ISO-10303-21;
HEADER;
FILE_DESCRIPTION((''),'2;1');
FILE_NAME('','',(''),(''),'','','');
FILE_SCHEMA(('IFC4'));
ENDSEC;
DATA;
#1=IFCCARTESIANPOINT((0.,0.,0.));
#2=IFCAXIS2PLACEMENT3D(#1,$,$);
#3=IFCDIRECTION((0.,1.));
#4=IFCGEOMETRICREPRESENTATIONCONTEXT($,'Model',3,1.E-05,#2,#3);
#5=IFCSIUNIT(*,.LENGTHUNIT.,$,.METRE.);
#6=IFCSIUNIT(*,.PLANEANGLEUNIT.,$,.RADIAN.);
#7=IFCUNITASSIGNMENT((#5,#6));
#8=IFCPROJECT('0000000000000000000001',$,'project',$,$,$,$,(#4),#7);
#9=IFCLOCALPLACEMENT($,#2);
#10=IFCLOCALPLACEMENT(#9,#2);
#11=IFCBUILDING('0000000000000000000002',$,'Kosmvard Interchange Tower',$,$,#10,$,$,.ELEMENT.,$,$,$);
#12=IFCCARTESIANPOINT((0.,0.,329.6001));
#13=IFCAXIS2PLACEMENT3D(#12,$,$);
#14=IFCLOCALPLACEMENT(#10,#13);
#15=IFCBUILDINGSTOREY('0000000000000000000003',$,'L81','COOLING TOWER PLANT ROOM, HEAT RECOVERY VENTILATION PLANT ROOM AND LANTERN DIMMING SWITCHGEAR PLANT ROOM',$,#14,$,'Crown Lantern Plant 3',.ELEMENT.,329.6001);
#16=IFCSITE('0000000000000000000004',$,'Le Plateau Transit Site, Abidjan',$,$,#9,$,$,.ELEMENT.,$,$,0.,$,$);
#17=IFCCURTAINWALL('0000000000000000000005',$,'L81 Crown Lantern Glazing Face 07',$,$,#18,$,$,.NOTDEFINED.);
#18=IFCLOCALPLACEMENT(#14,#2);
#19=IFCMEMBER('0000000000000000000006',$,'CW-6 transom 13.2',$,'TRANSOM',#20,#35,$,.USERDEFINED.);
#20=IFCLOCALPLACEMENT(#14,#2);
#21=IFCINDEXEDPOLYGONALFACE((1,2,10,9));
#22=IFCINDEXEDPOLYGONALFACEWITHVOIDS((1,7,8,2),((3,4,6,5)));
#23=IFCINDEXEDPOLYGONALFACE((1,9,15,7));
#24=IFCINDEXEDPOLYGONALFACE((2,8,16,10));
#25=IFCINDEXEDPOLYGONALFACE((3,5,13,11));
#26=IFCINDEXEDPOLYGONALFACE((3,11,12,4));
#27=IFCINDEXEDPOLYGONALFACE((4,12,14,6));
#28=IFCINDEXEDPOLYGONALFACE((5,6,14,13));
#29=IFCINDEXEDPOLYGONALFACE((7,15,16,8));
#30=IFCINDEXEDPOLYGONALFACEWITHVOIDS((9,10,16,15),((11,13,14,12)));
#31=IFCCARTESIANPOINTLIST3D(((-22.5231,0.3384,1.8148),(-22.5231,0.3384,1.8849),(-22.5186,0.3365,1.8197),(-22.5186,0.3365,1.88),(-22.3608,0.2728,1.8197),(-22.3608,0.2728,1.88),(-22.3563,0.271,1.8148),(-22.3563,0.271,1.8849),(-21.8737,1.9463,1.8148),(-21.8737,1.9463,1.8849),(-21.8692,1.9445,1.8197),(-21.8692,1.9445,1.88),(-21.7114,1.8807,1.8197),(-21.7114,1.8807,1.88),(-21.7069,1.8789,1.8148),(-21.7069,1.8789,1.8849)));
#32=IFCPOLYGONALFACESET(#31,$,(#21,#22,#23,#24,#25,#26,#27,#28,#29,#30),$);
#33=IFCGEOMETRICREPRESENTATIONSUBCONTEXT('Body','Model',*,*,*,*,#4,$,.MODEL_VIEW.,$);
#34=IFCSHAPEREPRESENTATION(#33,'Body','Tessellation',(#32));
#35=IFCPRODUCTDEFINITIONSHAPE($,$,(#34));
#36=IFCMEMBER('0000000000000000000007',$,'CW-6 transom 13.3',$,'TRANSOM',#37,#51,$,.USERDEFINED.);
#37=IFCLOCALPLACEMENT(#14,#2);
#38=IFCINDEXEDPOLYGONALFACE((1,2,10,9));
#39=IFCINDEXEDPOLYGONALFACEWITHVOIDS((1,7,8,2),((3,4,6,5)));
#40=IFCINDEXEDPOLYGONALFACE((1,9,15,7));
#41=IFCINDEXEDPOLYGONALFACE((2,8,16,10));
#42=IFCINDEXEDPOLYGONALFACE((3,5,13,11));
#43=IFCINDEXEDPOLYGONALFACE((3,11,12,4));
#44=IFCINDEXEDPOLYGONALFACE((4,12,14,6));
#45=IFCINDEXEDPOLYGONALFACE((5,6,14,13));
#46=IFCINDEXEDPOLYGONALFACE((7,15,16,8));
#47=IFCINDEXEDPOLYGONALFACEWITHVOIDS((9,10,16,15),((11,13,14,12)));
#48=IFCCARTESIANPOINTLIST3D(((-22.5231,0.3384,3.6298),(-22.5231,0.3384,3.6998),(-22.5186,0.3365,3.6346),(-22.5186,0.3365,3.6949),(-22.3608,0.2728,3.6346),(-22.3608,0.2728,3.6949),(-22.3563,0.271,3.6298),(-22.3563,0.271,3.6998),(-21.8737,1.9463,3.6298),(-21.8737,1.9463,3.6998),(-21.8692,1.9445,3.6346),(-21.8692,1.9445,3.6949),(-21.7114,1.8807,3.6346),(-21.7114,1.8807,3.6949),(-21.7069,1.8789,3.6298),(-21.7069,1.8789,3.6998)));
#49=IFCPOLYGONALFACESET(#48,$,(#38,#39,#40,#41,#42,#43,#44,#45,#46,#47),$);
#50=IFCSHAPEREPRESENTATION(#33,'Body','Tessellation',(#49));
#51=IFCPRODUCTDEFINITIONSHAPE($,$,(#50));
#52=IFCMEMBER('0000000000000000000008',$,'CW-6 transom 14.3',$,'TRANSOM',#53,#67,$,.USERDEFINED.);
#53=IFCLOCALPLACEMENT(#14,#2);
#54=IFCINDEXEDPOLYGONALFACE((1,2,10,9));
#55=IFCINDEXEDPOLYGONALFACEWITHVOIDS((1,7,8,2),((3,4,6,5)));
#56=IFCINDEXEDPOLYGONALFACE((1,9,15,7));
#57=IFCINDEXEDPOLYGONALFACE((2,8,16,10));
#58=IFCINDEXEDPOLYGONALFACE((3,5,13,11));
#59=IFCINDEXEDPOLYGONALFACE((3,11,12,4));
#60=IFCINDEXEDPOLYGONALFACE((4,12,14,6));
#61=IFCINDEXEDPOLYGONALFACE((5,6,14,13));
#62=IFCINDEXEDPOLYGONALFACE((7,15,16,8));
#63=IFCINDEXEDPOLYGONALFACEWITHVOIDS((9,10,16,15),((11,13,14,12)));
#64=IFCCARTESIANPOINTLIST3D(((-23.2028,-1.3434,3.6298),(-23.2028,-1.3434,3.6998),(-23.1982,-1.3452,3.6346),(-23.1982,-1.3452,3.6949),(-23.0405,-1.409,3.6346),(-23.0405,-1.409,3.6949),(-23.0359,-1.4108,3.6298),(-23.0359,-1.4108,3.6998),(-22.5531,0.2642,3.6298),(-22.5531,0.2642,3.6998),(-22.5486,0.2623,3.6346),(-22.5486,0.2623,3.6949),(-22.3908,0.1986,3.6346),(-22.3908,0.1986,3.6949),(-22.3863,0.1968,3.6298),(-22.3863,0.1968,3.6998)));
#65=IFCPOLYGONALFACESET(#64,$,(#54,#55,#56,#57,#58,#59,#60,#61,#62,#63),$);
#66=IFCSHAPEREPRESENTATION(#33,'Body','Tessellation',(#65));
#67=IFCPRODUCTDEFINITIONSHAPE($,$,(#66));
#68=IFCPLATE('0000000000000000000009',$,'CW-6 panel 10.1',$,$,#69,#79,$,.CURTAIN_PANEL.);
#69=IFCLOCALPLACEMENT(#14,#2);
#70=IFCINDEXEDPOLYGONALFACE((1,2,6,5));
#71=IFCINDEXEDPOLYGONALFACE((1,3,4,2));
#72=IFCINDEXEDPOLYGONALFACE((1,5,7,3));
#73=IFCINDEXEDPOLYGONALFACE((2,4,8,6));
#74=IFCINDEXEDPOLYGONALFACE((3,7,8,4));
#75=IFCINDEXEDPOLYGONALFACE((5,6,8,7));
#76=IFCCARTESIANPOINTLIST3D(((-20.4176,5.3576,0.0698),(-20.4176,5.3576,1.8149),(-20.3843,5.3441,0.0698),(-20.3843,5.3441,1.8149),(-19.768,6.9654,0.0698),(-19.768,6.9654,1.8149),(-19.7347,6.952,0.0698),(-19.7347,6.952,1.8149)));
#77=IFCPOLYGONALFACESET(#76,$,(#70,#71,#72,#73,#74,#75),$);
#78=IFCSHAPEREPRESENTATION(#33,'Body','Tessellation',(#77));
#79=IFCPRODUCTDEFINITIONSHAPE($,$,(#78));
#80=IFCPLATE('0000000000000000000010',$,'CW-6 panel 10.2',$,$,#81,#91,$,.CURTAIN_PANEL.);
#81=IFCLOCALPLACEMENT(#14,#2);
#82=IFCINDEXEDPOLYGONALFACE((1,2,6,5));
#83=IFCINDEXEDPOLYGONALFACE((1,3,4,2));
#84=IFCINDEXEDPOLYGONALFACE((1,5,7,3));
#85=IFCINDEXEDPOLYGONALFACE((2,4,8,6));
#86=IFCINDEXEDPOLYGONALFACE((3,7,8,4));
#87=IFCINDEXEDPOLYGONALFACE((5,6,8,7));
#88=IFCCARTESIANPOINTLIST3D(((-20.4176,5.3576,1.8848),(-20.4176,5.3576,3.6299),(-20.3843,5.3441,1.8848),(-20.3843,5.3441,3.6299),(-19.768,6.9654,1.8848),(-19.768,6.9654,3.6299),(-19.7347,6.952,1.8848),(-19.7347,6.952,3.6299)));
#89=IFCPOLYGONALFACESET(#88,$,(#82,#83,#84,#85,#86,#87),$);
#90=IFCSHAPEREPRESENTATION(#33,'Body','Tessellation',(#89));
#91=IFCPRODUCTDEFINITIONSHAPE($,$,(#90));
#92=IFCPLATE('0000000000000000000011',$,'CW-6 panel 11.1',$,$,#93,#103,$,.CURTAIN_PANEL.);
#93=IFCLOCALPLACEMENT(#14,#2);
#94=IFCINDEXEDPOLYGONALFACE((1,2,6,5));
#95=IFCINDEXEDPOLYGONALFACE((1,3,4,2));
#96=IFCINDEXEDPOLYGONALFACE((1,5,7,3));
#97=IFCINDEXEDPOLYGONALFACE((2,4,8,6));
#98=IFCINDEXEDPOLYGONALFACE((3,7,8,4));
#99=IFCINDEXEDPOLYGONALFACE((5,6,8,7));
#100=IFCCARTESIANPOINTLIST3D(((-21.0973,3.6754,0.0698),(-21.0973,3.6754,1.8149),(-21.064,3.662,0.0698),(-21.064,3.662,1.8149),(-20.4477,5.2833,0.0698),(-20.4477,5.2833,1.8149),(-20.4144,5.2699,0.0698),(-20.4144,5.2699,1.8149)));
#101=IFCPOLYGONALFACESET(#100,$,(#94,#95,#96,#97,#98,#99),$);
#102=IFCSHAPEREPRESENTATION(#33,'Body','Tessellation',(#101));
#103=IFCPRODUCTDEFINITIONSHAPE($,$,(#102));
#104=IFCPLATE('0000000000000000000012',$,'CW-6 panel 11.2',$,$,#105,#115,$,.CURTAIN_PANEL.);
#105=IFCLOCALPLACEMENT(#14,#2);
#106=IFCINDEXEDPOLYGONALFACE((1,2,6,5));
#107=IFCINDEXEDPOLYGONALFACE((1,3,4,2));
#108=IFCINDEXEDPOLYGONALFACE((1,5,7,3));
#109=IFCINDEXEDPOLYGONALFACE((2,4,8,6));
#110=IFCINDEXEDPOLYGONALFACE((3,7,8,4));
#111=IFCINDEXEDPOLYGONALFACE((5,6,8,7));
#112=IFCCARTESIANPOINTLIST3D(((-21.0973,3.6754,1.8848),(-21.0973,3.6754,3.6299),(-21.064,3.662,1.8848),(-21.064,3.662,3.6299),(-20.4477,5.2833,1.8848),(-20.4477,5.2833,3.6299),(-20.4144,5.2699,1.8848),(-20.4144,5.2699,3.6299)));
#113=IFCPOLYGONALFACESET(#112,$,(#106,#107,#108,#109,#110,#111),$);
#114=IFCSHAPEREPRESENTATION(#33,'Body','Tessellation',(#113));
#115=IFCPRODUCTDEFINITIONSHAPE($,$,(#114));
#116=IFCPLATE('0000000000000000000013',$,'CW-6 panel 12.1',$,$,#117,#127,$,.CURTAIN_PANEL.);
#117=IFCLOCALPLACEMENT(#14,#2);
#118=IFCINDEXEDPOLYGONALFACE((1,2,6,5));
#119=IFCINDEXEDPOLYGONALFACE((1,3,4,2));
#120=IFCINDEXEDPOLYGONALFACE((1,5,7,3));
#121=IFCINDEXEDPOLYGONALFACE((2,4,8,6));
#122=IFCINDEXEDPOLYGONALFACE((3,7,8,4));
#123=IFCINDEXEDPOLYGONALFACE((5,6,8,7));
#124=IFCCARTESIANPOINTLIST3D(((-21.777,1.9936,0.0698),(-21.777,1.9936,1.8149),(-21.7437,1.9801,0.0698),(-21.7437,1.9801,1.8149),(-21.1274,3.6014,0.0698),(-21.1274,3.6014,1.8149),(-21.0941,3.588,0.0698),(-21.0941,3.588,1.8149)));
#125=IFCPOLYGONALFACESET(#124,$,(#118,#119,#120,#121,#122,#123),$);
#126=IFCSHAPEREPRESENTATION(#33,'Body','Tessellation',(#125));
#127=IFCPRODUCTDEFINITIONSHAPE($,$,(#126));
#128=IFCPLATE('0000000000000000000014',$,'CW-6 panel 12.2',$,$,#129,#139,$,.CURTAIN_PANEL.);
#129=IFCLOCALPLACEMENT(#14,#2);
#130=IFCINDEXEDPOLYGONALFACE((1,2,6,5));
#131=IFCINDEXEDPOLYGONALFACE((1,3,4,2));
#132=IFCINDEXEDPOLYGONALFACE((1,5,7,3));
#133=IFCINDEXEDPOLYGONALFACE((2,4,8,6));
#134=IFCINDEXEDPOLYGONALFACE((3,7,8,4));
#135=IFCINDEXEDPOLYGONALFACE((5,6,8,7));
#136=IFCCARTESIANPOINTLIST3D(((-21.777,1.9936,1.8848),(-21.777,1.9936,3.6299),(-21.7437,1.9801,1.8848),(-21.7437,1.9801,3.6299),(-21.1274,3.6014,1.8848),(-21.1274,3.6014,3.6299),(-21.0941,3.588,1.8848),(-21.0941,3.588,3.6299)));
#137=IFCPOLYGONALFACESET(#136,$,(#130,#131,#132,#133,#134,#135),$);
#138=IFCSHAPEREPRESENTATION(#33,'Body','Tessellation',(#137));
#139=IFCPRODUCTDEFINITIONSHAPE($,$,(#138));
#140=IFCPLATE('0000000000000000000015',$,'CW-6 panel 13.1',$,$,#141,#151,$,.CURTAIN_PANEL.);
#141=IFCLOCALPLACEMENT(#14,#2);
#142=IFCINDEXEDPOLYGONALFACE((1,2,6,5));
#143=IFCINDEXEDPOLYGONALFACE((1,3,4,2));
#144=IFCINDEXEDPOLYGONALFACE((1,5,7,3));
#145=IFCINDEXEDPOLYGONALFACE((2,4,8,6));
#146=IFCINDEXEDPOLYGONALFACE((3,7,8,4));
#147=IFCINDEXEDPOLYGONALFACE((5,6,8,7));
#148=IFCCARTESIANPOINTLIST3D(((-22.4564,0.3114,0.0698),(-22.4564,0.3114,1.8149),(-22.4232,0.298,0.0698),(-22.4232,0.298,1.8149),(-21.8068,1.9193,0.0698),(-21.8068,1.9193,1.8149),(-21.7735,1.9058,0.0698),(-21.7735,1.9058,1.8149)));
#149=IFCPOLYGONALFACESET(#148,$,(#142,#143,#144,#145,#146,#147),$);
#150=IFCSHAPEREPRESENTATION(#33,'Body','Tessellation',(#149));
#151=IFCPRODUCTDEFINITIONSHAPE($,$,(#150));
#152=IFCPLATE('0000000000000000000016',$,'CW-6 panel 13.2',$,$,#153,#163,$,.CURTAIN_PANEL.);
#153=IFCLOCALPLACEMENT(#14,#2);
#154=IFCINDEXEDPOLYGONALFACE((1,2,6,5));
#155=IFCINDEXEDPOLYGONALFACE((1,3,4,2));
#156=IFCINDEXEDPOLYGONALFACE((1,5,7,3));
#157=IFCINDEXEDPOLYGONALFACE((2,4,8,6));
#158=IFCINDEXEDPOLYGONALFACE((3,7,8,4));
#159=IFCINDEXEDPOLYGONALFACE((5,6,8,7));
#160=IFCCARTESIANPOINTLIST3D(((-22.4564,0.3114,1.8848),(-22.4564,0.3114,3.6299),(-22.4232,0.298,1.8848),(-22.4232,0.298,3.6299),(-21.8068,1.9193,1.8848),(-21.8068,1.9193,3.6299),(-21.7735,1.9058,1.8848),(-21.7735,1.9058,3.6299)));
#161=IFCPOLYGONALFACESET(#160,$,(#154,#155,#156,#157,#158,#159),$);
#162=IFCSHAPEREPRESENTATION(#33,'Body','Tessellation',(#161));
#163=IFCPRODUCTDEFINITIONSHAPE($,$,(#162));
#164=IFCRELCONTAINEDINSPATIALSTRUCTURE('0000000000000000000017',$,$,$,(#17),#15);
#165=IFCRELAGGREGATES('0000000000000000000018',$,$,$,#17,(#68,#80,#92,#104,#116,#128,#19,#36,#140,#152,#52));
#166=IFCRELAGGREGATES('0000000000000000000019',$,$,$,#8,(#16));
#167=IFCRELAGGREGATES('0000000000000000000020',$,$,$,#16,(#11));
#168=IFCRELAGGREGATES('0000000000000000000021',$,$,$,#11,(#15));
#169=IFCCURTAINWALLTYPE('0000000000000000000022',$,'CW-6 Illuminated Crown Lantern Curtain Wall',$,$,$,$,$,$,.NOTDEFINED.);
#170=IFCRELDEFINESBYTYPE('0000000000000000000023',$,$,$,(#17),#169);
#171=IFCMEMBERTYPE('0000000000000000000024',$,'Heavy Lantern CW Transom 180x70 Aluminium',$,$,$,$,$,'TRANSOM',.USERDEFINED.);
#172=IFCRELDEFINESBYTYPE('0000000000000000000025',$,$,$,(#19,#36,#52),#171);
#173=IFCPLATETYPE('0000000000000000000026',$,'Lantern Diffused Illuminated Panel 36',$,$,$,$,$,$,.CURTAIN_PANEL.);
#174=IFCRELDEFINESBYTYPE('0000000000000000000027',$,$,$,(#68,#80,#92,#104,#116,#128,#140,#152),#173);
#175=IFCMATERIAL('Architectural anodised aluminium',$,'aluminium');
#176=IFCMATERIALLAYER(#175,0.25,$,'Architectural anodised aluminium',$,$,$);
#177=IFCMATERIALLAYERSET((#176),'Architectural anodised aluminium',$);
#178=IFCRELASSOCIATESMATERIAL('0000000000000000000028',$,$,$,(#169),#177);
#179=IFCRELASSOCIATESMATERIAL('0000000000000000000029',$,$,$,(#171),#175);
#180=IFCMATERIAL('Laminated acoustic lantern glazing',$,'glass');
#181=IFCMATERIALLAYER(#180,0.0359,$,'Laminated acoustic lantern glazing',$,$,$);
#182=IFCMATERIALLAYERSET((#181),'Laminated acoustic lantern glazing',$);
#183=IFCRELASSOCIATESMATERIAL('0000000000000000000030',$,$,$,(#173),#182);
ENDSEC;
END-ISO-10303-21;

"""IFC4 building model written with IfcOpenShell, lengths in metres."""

from ifc_helpers import new_model, si_unit, direction, frame, origin, origin_2d, place, context, subcontext, project, spatial, rectangle, hollow_rectangle, extrude, source, transform, mapped, material, layer, layer_set, material_profile, profile_set, type_object, element, aggregate, save


model = new_model("IFC4")

# Units and contexts
model_context = context("Model", 3, precision=1e-05, world=origin(), true_north=direction((0.0, 1.0)))
body_context = subcontext(model_context, "Body", "Model", "MODEL_VIEW")
ifc_project = project(units=[si_unit("LENGTHUNIT", "METRE"), si_unit("PLANEANGLEUNIT", "RADIAN")], contexts=[model_context])

# Site, building, storey
site_placement = place(None, origin())
site = spatial("IfcSite", under=ifc_project, at=site_placement, Name="Le Plateau Transit Site, Abidjan", CompositionType="ELEMENT", RefElevation=0.0)
building_placement = place(site_placement, origin())
building = spatial("IfcBuilding", under=site, at=building_placement, Name="Kosmvard Interchange Tower", CompositionType="ELEMENT")
storey_placement = place(building_placement, frame((0.0, 0.0, 329.6001)))
storey = spatial("IfcBuildingStorey", under=building, at=storey_placement, Name="L81", Description="COOLING TOWER PLANT ROOM, HEAT RECOVERY VENTILATION PLANT ROOM AND LANTERN DIMMING SWITCHGEAR PLANT ROOM", LongName="Crown Lantern Plant 3", CompositionType="ELEMENT", Elevation=329.6001)

# Curtain wall, members, plates
ifc_material_1 = material(Name="Architectural anodised aluminium", Category="aluminium")
ifc_layer_1 = layer(ifc_material_1, 0.25, Name="Architectural anodised aluminium")
ifc_layer_set_1 = layer_set([ifc_layer_1], Name="Architectural anodised aluminium")
curtain_wall_type = type_object("IfcCurtainWallType", Name="CW-6 Illuminated Crown Lantern Curtain Wall", PredefinedType="NOTDEFINED", material=ifc_layer_set_1)
curtain_wall_placement = place(storey_placement, origin())
curtain_wall = element("IfcCurtainWall", 1, at=curtain_wall_placement, inside=storey, type_object=curtain_wall_type, Name="L81 Crown Lantern Glazing Face 07", PredefinedType="NOTDEFINED")
ifc_material_profile_1 = material_profile(ifc_material_1, hollow_rectangle(XDim=0.1799, YDim=0.0701, WallThickness=0.0049, at=origin_2d()), Name="CWT 180x70x5")
ifc_profile_set_1 = profile_set([ifc_material_profile_1], Name="Architectural anodised aluminium")
member_type_1 = type_object("IfcMemberType", Name="Heavy Lantern CW Transom 180x70 Aluminium", ElementType="TRANSOM", PredefinedType="USERDEFINED", material=ifc_profile_set_1)
shared_shape_1 = source(origin(), body_context, "Body", "SweptSolid", [
    extrude(hollow_rectangle(XDim=0.1799, YDim=0.0701, WallThickness=0.0049, at=origin_2d()), origin(), (0.0, 0.0, 1.0), 1.7341),
])
member_1_placement = place(storey_placement, frame((-21.7903, 1.9126, 1.8499), z_axis=(-0.374496, -0.927229, 0.0), x_axis=(0.927229, -0.374496, 0.0)))
member_1 = element("IfcMember", 2, at=member_1_placement, type_object=member_type_1, Name="CW-6 transom 13.2", ObjectType="TRANSOM", PredefinedType="USERDEFINED", context=body_context, shape_type="MappedRepresentation", body=[
    mapped(shared_shape_1, transform((0.0, 0.0, 0.0), scale=1.0)),
])
member_2_placement = place(storey_placement, frame((-21.7903, 1.9126, 3.6648), z_axis=(-0.374496, -0.927229, 0.0), x_axis=(0.927229, -0.374496, 0.0)))
member_2 = element("IfcMember", 3, at=member_2_placement, type_object=member_type_1, Name="CW-6 transom 13.3", ObjectType="TRANSOM", PredefinedType="USERDEFINED", context=body_context, shape_type="MappedRepresentation", body=[
    mapped(shared_shape_1, transform((0.0, 0.0, 0.0), scale=1.0)),
])
shared_shape_2 = source(origin(), body_context, "Body", "SweptSolid", [
    extrude(hollow_rectangle(XDim=0.1799, YDim=0.0701, WallThickness=0.0049, at=origin_2d()), origin(), (0.0, 0.0, 1.0), 1.7339),
])
member_3_placement = place(storey_placement, frame((-22.4697, 0.2305, 3.6648), z_axis=(-0.374666, -0.92716, 0.0), x_axis=(0.92716, -0.374666, 0.0)))
member_3 = element("IfcMember", 4, at=member_3_placement, type_object=member_type_1, Name="CW-6 transom 14.3", ObjectType="TRANSOM", PredefinedType="USERDEFINED", context=body_context, shape_type="MappedRepresentation", body=[
    mapped(shared_shape_2, transform((0.0, 0.0, 0.0), scale=1.0)),
])
ifc_material_2 = material(Name="Laminated acoustic lantern glazing", Category="glass")
ifc_layer_2 = layer(ifc_material_2, 0.0359, Name="Laminated acoustic lantern glazing")
ifc_layer_set_2 = layer_set([ifc_layer_2], Name="Laminated acoustic lantern glazing")
plate_type = type_object("IfcPlateType", Name="Lantern Diffused Illuminated Panel 36", PredefinedType="CURTAIN_PANEL", material=ifc_layer_set_2)
shared_shape_3 = source(origin(), body_context, "Body", "SweptSolid", [
    extrude(rectangle(XDim=1.7341, YDim=0.0359, at=origin_2d()), origin(), (0.0, 0.0, 1.0), 1.7451),
])
plate_1_placement = place(storey_placement, frame((-20.0762, 6.1548, 0.0698), z_axis=(0.0, 0.0, 1.0), x_axis=(-0.374607, -0.927184, 0.0)))
plate_1 = element("IfcPlate", 5, at=plate_1_placement, type_object=plate_type, Name="CW-6 panel 10.1", PredefinedType="CURTAIN_PANEL", context=body_context, shape_type="MappedRepresentation", body=[
    mapped(shared_shape_3, transform((0.0, 0.0, 0.0), scale=1.0)),
])
plate_2_placement = place(storey_placement, frame((-20.0762, 6.1548, 1.8848), z_axis=(0.0, 0.0, 1.0), x_axis=(-0.374607, -0.927184, 0.0)))
plate_2 = element("IfcPlate", 6, at=plate_2_placement, type_object=plate_type, Name="CW-6 panel 10.2", PredefinedType="CURTAIN_PANEL", context=body_context, shape_type="MappedRepresentation", body=[
    mapped(shared_shape_3, transform((0.0, 0.0, 0.0), scale=1.0)),
])
plate_3_placement = place(storey_placement, frame((-20.7559, 4.4727, 0.0698), z_axis=(0.0, 0.0, 1.0), x_axis=(-0.374607, -0.927184, 0.0)))
plate_3 = element("IfcPlate", 7, at=plate_3_placement, type_object=plate_type, Name="CW-6 panel 11.1", PredefinedType="CURTAIN_PANEL", context=body_context, shape_type="MappedRepresentation", body=[
    mapped(shared_shape_3, transform((0.0, 0.0, 0.0), scale=1.0)),
])
plate_4_placement = place(storey_placement, frame((-20.7559, 4.4727, 1.8848), z_axis=(0.0, 0.0, 1.0), x_axis=(-0.374607, -0.927184, 0.0)))
plate_4 = element("IfcPlate", 8, at=plate_4_placement, type_object=plate_type, Name="CW-6 panel 11.2", PredefinedType="CURTAIN_PANEL", context=body_context, shape_type="MappedRepresentation", body=[
    mapped(shared_shape_3, transform((0.0, 0.0, 0.0), scale=1.0)),
])
plate_5_placement = place(storey_placement, frame((-21.4355, 2.7908, 0.0698), z_axis=(0.0, 0.0, 1.0), x_axis=(-0.374607, -0.927184, 0.0)))
plate_5 = element("IfcPlate", 9, at=plate_5_placement, type_object=plate_type, Name="CW-6 panel 12.1", PredefinedType="CURTAIN_PANEL", context=body_context, shape_type="MappedRepresentation", body=[
    mapped(shared_shape_3, transform((0.0, 0.0, 0.0), scale=1.0)),
])
plate_6_placement = place(storey_placement, frame((-21.4355, 2.7908, 1.8848), z_axis=(0.0, 0.0, 1.0), x_axis=(-0.374607, -0.927184, 0.0)))
plate_6 = element("IfcPlate", 10, at=plate_6_placement, type_object=plate_type, Name="CW-6 panel 12.2", PredefinedType="CURTAIN_PANEL", context=body_context, shape_type="MappedRepresentation", body=[
    mapped(shared_shape_3, transform((0.0, 0.0, 0.0), scale=1.0)),
])
plate_7_placement = place(storey_placement, frame((-22.115, 1.1086, 0.0698), z_axis=(0.0, 0.0, 1.0), x_axis=(-0.374607, -0.927184, 0.0)))
plate_7 = element("IfcPlate", 11, at=plate_7_placement, type_object=plate_type, Name="CW-6 panel 13.1", PredefinedType="CURTAIN_PANEL", context=body_context, shape_type="MappedRepresentation", body=[
    mapped(shared_shape_3, transform((0.0, 0.0, 0.0), scale=1.0)),
])
plate_8_placement = place(storey_placement, frame((-22.115, 1.1086, 1.8848), z_axis=(0.0, 0.0, 1.0), x_axis=(-0.374607, -0.927184, 0.0)))
plate_8 = element("IfcPlate", 12, at=plate_8_placement, type_object=plate_type, Name="CW-6 panel 13.2", PredefinedType="CURTAIN_PANEL", context=body_context, shape_type="MappedRepresentation", body=[
    mapped(shared_shape_3, transform((0.0, 0.0, 0.0), scale=1.0)),
])
aggregate(curtain_wall, [plate_1, plate_2, plate_3, plate_4, plate_5, plate_6, member_1, member_2, plate_7, plate_8, member_3])

save(model, "model.ifc")
